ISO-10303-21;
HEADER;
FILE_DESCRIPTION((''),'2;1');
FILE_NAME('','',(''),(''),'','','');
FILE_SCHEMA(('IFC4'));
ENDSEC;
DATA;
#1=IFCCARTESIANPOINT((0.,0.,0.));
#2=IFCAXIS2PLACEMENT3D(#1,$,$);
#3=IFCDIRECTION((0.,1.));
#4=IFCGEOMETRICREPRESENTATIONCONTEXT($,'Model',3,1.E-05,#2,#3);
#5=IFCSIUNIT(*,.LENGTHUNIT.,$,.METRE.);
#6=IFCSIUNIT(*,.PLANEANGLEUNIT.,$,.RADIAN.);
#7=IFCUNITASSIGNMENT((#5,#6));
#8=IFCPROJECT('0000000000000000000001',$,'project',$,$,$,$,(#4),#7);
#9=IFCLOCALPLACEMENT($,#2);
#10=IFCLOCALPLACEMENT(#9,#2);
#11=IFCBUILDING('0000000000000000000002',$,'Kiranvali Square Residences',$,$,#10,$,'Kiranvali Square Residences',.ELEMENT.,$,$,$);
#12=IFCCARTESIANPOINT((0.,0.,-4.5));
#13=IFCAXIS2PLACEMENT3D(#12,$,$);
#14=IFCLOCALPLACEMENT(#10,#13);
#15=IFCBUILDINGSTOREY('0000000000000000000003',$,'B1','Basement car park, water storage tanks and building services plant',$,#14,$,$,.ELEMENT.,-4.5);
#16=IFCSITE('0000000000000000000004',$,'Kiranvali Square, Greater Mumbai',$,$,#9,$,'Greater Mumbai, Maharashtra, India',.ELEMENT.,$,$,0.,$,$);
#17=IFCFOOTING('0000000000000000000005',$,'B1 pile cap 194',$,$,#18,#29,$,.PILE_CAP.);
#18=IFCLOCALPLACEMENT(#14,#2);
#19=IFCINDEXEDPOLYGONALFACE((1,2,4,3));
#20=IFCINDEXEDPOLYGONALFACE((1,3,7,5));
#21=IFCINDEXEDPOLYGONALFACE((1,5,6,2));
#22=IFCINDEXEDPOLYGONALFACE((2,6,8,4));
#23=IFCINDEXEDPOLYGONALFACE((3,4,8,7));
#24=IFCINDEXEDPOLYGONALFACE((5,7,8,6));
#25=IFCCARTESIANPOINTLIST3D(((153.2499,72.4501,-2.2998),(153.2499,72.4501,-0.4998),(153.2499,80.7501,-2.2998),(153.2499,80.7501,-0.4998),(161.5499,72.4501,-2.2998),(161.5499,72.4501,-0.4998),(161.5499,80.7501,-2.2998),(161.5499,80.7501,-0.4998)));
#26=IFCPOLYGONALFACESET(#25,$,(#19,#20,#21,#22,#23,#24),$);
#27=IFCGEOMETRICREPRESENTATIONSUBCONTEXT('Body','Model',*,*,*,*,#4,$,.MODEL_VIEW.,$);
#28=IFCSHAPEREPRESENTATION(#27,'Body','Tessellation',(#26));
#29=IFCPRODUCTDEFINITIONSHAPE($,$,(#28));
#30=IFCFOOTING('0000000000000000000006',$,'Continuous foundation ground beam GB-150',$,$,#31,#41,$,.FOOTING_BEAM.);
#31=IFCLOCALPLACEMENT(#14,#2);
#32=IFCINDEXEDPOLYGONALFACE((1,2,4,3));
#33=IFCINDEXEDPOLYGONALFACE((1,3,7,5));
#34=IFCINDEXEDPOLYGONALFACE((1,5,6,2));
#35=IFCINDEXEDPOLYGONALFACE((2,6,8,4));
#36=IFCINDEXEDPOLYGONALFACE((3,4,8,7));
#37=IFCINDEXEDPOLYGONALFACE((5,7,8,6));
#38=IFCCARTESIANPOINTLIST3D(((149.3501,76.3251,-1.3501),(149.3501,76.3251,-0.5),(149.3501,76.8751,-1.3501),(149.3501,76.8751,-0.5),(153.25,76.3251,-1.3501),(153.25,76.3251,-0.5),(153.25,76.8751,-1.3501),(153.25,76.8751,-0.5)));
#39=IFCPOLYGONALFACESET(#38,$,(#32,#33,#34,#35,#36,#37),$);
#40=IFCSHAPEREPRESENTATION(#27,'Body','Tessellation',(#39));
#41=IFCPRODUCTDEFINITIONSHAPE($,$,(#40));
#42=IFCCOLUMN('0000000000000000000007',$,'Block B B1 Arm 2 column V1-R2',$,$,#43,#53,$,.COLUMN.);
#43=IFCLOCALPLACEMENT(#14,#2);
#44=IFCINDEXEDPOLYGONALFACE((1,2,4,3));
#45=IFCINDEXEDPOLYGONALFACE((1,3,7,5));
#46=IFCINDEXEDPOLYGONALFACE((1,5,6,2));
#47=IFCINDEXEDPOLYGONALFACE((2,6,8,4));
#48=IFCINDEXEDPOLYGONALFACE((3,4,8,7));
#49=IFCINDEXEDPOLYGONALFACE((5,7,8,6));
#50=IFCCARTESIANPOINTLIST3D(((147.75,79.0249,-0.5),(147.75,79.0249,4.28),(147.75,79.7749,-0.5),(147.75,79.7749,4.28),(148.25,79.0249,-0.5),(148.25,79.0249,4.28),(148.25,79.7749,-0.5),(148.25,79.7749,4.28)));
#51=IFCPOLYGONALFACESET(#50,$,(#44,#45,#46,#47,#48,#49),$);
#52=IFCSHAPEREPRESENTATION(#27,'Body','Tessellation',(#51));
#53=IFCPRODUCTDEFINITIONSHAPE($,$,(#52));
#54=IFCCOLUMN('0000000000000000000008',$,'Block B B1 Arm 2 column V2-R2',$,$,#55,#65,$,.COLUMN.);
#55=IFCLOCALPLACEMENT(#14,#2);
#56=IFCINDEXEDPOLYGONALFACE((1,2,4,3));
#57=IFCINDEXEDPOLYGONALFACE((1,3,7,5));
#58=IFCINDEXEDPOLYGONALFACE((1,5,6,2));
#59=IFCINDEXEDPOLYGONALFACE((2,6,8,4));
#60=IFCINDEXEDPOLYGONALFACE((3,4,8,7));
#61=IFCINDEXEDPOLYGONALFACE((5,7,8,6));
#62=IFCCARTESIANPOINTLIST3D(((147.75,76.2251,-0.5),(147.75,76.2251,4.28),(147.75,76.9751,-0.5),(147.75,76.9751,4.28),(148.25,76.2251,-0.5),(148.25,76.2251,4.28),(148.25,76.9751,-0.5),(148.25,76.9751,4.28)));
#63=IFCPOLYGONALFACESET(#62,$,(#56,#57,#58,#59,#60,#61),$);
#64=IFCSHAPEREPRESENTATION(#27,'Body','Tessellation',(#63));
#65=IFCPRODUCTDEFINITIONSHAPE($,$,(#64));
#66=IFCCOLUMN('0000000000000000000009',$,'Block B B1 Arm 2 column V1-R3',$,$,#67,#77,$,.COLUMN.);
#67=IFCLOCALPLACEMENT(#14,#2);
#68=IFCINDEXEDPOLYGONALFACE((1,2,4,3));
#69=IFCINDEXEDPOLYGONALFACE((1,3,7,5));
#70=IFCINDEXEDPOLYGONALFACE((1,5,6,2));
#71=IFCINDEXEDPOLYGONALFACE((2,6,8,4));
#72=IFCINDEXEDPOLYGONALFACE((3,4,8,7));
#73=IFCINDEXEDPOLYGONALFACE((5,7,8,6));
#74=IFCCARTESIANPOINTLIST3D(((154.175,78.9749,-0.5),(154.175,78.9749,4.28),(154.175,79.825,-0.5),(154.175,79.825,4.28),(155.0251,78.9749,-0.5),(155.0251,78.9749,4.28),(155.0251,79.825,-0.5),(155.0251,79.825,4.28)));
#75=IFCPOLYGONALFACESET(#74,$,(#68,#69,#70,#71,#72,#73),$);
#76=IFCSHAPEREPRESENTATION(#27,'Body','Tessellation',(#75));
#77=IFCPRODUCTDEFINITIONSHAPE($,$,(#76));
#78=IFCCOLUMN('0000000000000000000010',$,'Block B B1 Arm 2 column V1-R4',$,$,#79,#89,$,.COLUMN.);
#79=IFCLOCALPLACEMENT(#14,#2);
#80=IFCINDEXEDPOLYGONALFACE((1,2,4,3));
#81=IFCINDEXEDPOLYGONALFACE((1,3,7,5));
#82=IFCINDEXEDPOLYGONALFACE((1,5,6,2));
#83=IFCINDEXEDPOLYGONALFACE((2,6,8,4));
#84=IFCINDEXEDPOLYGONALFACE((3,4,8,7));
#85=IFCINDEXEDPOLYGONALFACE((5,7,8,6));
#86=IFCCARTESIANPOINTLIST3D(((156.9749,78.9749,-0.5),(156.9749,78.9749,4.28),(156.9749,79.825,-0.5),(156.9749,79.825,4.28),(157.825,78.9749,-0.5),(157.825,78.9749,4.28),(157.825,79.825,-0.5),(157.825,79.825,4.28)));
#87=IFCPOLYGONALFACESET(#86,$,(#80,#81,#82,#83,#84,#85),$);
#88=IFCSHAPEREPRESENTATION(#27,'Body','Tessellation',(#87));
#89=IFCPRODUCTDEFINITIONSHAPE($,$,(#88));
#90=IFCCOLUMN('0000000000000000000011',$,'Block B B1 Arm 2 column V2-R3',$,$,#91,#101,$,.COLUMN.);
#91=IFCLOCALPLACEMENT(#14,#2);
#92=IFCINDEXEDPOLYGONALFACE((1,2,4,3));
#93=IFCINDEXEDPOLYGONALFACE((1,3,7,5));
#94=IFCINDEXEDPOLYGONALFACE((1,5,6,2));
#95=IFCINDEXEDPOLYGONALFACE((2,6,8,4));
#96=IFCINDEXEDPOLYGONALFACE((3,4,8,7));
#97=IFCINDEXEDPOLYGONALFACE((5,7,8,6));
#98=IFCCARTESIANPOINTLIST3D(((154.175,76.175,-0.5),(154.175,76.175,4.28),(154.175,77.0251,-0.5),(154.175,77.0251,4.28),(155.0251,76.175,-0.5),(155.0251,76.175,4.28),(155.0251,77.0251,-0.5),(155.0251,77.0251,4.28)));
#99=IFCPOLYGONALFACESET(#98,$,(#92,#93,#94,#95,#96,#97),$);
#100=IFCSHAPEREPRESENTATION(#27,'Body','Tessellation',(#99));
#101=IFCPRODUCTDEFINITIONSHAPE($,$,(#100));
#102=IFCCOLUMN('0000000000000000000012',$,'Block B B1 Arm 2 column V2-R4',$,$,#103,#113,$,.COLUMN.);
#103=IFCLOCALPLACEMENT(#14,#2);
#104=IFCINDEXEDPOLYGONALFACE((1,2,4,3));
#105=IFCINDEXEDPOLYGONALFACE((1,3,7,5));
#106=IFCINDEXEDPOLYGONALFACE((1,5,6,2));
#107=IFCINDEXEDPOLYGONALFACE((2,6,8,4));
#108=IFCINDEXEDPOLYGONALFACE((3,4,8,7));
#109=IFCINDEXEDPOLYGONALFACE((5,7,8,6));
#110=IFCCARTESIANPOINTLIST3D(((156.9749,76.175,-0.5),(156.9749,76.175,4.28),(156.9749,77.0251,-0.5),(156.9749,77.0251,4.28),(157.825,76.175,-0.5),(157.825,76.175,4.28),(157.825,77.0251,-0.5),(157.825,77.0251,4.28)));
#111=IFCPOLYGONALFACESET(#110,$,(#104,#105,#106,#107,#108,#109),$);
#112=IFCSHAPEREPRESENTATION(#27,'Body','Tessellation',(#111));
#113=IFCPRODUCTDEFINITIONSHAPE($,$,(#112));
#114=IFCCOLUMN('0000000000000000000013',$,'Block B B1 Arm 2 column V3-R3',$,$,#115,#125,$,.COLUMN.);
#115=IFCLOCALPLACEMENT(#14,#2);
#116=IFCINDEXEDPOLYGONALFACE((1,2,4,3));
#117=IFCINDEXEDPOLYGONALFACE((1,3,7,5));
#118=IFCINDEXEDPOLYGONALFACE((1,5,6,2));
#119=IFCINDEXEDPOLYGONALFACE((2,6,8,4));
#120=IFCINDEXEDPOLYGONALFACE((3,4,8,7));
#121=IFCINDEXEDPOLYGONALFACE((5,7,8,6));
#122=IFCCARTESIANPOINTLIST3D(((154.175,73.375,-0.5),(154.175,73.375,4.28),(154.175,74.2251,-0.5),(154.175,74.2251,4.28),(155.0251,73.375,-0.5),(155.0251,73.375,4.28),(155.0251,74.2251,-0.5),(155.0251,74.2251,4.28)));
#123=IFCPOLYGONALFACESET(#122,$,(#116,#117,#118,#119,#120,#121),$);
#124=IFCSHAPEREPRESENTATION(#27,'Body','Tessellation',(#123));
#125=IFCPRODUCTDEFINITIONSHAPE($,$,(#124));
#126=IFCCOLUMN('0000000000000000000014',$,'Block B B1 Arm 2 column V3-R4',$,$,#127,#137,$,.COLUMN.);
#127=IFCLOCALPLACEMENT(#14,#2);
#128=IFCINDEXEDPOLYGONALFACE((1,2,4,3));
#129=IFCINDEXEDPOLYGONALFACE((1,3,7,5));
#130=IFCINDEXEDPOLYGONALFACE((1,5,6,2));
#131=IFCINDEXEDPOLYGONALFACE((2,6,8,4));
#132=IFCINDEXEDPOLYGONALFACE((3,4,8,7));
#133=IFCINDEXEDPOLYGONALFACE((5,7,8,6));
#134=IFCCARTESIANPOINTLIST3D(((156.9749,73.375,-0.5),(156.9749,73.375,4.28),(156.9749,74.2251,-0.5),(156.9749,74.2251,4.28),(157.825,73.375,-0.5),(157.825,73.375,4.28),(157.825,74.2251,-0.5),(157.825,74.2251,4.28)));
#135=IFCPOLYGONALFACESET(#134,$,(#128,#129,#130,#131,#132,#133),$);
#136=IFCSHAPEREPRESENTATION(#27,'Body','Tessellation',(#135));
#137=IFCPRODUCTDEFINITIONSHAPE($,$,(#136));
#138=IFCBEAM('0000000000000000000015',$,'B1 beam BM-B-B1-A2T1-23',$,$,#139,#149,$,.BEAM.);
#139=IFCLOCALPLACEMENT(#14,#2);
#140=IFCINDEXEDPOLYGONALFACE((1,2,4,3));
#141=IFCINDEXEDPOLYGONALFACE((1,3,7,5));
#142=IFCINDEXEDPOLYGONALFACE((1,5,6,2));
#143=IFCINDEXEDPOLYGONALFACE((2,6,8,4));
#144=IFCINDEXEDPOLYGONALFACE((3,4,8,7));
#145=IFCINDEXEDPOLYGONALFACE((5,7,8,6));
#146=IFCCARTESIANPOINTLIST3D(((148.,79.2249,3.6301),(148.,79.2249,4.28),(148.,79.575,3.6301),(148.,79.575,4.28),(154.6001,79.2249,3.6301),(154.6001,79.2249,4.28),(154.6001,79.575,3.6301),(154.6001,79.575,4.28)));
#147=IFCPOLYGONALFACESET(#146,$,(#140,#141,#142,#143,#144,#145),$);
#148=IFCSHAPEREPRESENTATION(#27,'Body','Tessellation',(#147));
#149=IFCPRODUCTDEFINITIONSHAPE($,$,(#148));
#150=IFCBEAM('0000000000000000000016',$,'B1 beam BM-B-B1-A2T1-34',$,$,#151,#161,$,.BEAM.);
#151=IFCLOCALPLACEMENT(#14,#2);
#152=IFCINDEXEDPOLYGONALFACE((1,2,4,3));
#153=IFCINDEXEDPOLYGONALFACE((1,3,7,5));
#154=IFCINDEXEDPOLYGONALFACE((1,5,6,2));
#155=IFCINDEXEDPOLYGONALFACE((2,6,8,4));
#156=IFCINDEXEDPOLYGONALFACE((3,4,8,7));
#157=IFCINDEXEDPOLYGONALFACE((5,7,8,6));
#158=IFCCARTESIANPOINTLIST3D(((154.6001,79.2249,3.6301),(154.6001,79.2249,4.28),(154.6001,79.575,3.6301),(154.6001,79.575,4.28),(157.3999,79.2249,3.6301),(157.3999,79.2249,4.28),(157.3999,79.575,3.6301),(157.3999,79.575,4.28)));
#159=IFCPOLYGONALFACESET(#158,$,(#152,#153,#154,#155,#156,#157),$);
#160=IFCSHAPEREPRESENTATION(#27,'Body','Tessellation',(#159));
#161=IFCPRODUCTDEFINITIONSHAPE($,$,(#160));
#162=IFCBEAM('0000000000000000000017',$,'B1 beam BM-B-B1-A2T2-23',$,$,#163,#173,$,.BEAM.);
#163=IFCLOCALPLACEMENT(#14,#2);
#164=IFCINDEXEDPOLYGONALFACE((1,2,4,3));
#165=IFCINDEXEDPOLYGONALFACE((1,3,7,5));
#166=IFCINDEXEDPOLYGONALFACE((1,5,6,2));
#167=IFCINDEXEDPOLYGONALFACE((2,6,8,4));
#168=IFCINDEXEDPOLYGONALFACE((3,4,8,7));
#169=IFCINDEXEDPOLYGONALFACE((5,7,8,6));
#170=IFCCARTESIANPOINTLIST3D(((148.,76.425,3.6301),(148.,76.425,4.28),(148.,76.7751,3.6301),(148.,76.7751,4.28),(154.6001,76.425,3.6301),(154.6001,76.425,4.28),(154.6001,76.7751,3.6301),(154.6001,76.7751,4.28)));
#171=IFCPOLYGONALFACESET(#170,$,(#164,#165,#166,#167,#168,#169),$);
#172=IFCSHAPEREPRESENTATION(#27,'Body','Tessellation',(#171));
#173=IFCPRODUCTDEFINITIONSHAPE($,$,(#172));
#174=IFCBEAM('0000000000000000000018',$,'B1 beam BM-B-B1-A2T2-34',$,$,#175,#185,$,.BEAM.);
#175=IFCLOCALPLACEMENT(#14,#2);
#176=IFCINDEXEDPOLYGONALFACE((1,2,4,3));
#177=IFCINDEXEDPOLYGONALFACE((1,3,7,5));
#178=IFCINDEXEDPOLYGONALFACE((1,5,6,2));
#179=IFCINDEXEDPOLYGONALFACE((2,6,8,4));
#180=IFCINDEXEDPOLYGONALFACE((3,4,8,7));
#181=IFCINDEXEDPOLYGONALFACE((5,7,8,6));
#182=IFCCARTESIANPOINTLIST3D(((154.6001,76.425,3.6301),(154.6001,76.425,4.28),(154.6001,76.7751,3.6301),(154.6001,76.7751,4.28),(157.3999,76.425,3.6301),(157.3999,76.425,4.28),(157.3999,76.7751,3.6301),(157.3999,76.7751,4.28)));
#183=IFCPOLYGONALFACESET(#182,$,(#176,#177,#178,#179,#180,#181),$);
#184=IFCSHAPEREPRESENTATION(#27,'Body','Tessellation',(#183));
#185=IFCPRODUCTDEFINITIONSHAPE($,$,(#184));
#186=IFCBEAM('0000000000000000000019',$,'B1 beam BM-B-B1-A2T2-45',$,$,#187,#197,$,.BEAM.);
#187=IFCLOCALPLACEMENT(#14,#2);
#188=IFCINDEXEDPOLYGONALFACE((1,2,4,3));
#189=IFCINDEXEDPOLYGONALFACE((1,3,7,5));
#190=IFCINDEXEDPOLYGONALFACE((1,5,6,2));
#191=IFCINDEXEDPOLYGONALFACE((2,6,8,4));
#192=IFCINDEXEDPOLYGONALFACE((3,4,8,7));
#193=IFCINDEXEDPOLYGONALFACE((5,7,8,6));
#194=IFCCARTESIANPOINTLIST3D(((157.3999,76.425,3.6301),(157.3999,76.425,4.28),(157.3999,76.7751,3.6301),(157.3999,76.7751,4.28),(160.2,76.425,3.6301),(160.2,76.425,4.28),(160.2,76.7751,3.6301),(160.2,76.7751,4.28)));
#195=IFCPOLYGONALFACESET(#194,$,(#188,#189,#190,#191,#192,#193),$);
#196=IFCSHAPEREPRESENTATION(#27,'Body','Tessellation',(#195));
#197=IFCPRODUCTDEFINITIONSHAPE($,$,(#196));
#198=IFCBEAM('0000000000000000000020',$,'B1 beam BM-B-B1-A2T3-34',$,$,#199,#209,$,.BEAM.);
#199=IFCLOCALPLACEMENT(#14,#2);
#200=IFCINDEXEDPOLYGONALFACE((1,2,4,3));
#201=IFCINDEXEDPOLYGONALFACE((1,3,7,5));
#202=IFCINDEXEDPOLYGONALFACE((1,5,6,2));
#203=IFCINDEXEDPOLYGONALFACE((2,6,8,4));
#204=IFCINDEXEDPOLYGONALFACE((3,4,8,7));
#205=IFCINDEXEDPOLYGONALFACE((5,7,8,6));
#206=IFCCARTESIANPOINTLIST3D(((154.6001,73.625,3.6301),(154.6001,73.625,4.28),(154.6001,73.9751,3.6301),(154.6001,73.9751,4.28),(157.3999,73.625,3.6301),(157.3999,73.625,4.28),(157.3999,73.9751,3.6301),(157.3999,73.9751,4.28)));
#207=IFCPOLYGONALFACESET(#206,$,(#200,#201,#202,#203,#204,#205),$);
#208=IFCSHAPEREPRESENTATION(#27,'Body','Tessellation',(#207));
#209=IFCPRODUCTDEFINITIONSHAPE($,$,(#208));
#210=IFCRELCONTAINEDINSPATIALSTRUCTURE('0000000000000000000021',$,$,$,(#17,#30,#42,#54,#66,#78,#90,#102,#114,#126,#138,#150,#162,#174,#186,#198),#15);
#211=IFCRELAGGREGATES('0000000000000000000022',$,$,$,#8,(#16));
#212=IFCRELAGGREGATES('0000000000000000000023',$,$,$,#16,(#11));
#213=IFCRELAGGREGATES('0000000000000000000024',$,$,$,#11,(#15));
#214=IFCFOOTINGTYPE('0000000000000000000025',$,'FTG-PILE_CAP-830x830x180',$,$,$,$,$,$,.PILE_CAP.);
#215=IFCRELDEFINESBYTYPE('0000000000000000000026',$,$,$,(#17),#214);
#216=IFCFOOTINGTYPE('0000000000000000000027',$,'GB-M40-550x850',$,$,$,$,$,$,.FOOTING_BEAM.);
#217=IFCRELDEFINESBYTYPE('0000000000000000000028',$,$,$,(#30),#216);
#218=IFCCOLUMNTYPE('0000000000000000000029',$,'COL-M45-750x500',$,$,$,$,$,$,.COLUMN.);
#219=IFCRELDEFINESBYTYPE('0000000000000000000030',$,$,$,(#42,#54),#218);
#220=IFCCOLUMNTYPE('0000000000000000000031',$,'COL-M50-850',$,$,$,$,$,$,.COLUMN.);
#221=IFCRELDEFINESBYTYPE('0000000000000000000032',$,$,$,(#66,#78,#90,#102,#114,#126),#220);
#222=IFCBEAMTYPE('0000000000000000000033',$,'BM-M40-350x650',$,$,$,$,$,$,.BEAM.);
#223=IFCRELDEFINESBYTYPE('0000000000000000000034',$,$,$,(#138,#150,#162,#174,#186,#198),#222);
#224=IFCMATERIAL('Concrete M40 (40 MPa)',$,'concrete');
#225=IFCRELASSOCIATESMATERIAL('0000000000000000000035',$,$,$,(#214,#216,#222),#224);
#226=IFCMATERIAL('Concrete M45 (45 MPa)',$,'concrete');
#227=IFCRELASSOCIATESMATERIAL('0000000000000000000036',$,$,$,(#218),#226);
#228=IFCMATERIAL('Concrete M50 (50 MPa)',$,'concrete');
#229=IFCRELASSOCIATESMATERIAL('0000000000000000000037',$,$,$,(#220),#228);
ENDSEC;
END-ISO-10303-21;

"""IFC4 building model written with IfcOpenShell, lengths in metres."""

from ifc_helpers import new_model, si_unit, direction, frame, origin, origin_2d, place, context, subcontext, project, spatial, rectangle, extrude, material, material_profile, profile_set, type_object, element, save


model = new_model("IFC4")

# Units and contexts
model_context = context("Model", 3, precision=1e-05, world=origin(), true_north=direction((0.0, 1.0)))
body_context = subcontext(model_context, "Body", "Model", "MODEL_VIEW")
ifc_project = project(units=[si_unit("LENGTHUNIT", "METRE"), si_unit("PLANEANGLEUNIT", "RADIAN")], contexts=[model_context])

# Site, building, storey
site_placement = place(None, origin())
site = spatial("IfcSite", under=ifc_project, at=site_placement, Name="Kiranvali Square, Greater Mumbai", LongName="Greater Mumbai, Maharashtra, India", CompositionType="ELEMENT", RefElevation=0.0)
building_placement = place(site_placement, origin())
building = spatial("IfcBuilding", under=site, at=building_placement, Name="Kiranvali Square Residences", LongName="Kiranvali Square Residences", CompositionType="ELEMENT")
storey_placement = place(building_placement, frame((0.0, 0.0, -4.5)))
storey = spatial("IfcBuildingStorey", under=building, at=storey_placement, Name="B1", Description="Basement car park, water storage tanks and building services plant", CompositionType="ELEMENT", Elevation=-4.5)

# Footings
ifc_material_1 = material(Name="Concrete M40 (40 MPa)", Category="concrete")
footing_type_1 = type_object("IfcFootingType", Name="FTG-PILE_CAP-830x830x180", PredefinedType="PILE_CAP", material=ifc_material_1)
footing_1_placement = place(storey_placement, frame((157.3999, 76.6001, -2.2998), z_axis=(0.0, 0.0, 1.0), x_axis=(1.0, 0.0, 0.0)))
element("IfcFooting", 1, at=footing_1_placement, inside=storey, type_object=footing_type_1, Name="B1 pile cap 194", PredefinedType="PILE_CAP", context=body_context, shape_type="SweptSolid", body=[
    extrude(rectangle(XDim=8.3, YDim=8.3, at=origin_2d()), origin(), (0.0, 0.0, 1.0), 1.8),
])
ifc_material_profile_1 = material_profile(ifc_material_1, rectangle(XDim=0.55, YDim=0.8501, at=origin_2d()), Name="GB 550x850")
ifc_profile_set_1 = profile_set([ifc_material_profile_1], Name="Concrete M40 (40 MPa)")
footing_type_2 = type_object("IfcFootingType", Name="GB-M40-550x850", PredefinedType="FOOTING_BEAM", material=ifc_profile_set_1)
footing_2_placement = place(storey_placement, frame((149.3501, 76.6001, -0.925), z_axis=(1.0, 0.0, 0.0), x_axis=(0.0, 1.0, 0.0)))
element("IfcFooting", 2, at=footing_2_placement, inside=storey, type_object=footing_type_2, Name="Continuous foundation ground beam GB-150", PredefinedType="FOOTING_BEAM", context=body_context, shape_type="SweptSolid", body=[
    extrude(rectangle(XDim=0.55, YDim=0.8501, at=origin_2d()), origin(), (0.0, 0.0, 1.0), 3.8999),
])

# Columns
ifc_material_2 = material(Name="Concrete M45 (45 MPa)", Category="concrete")
ifc_material_profile_2 = material_profile(ifc_material_2, rectangle(XDim=0.5, YDim=0.75, at=origin_2d()), Name="RC 750x500")
ifc_profile_set_2 = profile_set([ifc_material_profile_2], Name="Concrete M45 (45 MPa)")
column_type_1 = type_object("IfcColumnType", Name="COL-M45-750x500", PredefinedType="COLUMN", material=ifc_profile_set_2)
for number, where, z_axis, x_axis, name in (
    (3, (148.0, 79.3999, -0.5), (0.0, 0.0, 1.0), (1.0, 0.0, 0.0), "Block B B1 Arm 2 column V1-R2"),
    (4, (148.0, 76.6001, -0.5), (0.0, 0.0, 1.0), (1.0, 0.0, 0.0), "Block B B1 Arm 2 column V2-R2"),
):
    element("IfcColumn", number, at=place(storey_placement, frame(where, z_axis=z_axis, x_axis=x_axis)), inside=storey, type_object=column_type_1, Name=name, PredefinedType="COLUMN", context=body_context, shape_type="SweptSolid", body=[
        extrude(rectangle(XDim=0.5, YDim=0.75, at=origin_2d()), origin(), (0.0, 0.0, 1.0), 4.78),
    ])
ifc_material_3 = material(Name="Concrete M50 (50 MPa)", Category="concrete")
ifc_material_profile_3 = material_profile(ifc_material_3, rectangle(XDim=0.8501, YDim=0.8501, at=origin_2d()), Name="RC 850x850")
ifc_profile_set_3 = profile_set([ifc_material_profile_3], Name="Concrete M50 (50 MPa)")
column_type_2 = type_object("IfcColumnType", Name="COL-M50-850", PredefinedType="COLUMN", material=ifc_profile_set_3)
for number, where, z_axis, x_axis, name in (
    (5, (154.6001, 79.3999, -0.5), (0.0, 0.0, 1.0), (1.0, 0.0, 0.0), "Block B B1 Arm 2 column V1-R3"),
    (6, (157.3999, 79.3999, -0.5), (0.0, 0.0, 1.0), (1.0, 0.0, 0.0), "Block B B1 Arm 2 column V1-R4"),
    (7, (154.6001, 76.6001, -0.5), (0.0, 0.0, 1.0), (1.0, 0.0, 0.0), "Block B B1 Arm 2 column V2-R3"),
    (8, (157.3999, 76.6001, -0.5), (0.0, 0.0, 1.0), (1.0, 0.0, 0.0), "Block B B1 Arm 2 column V2-R4"),
    (9, (154.6001, 73.8, -0.5), (0.0, 0.0, 1.0), (1.0, 0.0, 0.0), "Block B B1 Arm 2 column V3-R3"),
    (10, (157.3999, 73.8, -0.5), (0.0, 0.0, 1.0), (1.0, 0.0, 0.0), "Block B B1 Arm 2 column V3-R4"),
):
    element("IfcColumn", number, at=place(storey_placement, frame(where, z_axis=z_axis, x_axis=x_axis)), inside=storey, type_object=column_type_2, Name=name, PredefinedType="COLUMN", context=body_context, shape_type="SweptSolid", body=[
        extrude(rectangle(XDim=0.8501, YDim=0.8501, at=origin_2d()), origin(), (0.0, 0.0, 1.0), 4.78),
    ])

# Beams
ifc_material_profile_4 = material_profile(ifc_material_1, rectangle(XDim=0.3501, YDim=0.6499, at=origin_2d()), Name="RC 350x650")
ifc_profile_set_4 = profile_set([ifc_material_profile_4], Name="Concrete M40 (40 MPa)")
beam_type_1 = type_object("IfcBeamType", Name="BM-M40-350x650", PredefinedType="BEAM", material=ifc_profile_set_4)
beam_1_placement = place(storey_placement, frame((148.0, 79.3999, 3.9551), z_axis=(1.0, 0.0, 0.0), x_axis=(0.0, 1.0, 0.0)))
element("IfcBeam", 11, at=beam_1_placement, inside=storey, type_object=beam_type_1, Name="B1 beam BM-B-B1-A2T1-23", PredefinedType="BEAM", context=body_context, shape_type="SweptSolid", body=[
    extrude(rectangle(XDim=0.3501, YDim=0.6499, at=origin_2d()), origin(), (0.0, 0.0, 1.0), 6.6001),
])
beam_2_placement = place(storey_placement, frame((154.6001, 79.3999, 3.9551), z_axis=(1.0, 0.0, 0.0), x_axis=(0.0, 1.0, 0.0)))
element("IfcBeam", 12, at=beam_2_placement, inside=storey, type_object=beam_type_1, Name="B1 beam BM-B-B1-A2T1-34", PredefinedType="BEAM", context=body_context, shape_type="SweptSolid", body=[
    extrude(rectangle(XDim=0.3501, YDim=0.6499, at=origin_2d()), origin(), (0.0, 0.0, 1.0), 2.7998),
])
beam_3_placement = place(storey_placement, frame((148.0, 76.6001, 3.9551), z_axis=(1.0, 0.0, 0.0), x_axis=(0.0, 1.0, 0.0)))
element("IfcBeam", 13, at=beam_3_placement, inside=storey, type_object=beam_type_1, Name="B1 beam BM-B-B1-A2T2-23", PredefinedType="BEAM", context=body_context, shape_type="SweptSolid", body=[
    extrude(rectangle(XDim=0.3501, YDim=0.6499, at=origin_2d()), origin(), (0.0, 0.0, 1.0), 6.6001),
])
beam_4_placement = place(storey_placement, frame((154.6001, 76.6001, 3.9551), z_axis=(1.0, 0.0, 0.0), x_axis=(0.0, 1.0, 0.0)))
element("IfcBeam", 14, at=beam_4_placement, inside=storey, type_object=beam_type_1, Name="B1 beam BM-B-B1-A2T2-34", PredefinedType="BEAM", context=body_context, shape_type="SweptSolid", body=[
    extrude(rectangle(XDim=0.3501, YDim=0.6499, at=origin_2d()), origin(), (0.0, 0.0, 1.0), 2.7998),
])
beam_5_placement = place(storey_placement, frame((157.3999, 76.6001, 3.9551), z_axis=(1.0, 0.0, 0.0), x_axis=(0.0, 1.0, 0.0)))
element("IfcBeam", 15, at=beam_5_placement, inside=storey, type_object=beam_type_1, Name="B1 beam BM-B-B1-A2T2-45", PredefinedType="BEAM", context=body_context, shape_type="SweptSolid", body=[
    extrude(rectangle(XDim=0.3501, YDim=0.6499, at=origin_2d()), origin(), (0.0, 0.0, 1.0), 2.8),
])
beam_6_placement = place(storey_placement, frame((154.6001, 73.8, 3.9551), z_axis=(1.0, 0.0, 0.0), x_axis=(0.0, 1.0, 0.0)))
element("IfcBeam", 16, at=beam_6_placement, inside=storey, type_object=beam_type_1, Name="B1 beam BM-B-B1-A2T3-34", PredefinedType="BEAM", context=body_context, shape_type="SweptSolid", body=[
    extrude(rectangle(XDim=0.3501, YDim=0.6499, at=origin_2d()), origin(), (0.0, 0.0, 1.0), 2.7998),
])

save(model, "model.ifc")
